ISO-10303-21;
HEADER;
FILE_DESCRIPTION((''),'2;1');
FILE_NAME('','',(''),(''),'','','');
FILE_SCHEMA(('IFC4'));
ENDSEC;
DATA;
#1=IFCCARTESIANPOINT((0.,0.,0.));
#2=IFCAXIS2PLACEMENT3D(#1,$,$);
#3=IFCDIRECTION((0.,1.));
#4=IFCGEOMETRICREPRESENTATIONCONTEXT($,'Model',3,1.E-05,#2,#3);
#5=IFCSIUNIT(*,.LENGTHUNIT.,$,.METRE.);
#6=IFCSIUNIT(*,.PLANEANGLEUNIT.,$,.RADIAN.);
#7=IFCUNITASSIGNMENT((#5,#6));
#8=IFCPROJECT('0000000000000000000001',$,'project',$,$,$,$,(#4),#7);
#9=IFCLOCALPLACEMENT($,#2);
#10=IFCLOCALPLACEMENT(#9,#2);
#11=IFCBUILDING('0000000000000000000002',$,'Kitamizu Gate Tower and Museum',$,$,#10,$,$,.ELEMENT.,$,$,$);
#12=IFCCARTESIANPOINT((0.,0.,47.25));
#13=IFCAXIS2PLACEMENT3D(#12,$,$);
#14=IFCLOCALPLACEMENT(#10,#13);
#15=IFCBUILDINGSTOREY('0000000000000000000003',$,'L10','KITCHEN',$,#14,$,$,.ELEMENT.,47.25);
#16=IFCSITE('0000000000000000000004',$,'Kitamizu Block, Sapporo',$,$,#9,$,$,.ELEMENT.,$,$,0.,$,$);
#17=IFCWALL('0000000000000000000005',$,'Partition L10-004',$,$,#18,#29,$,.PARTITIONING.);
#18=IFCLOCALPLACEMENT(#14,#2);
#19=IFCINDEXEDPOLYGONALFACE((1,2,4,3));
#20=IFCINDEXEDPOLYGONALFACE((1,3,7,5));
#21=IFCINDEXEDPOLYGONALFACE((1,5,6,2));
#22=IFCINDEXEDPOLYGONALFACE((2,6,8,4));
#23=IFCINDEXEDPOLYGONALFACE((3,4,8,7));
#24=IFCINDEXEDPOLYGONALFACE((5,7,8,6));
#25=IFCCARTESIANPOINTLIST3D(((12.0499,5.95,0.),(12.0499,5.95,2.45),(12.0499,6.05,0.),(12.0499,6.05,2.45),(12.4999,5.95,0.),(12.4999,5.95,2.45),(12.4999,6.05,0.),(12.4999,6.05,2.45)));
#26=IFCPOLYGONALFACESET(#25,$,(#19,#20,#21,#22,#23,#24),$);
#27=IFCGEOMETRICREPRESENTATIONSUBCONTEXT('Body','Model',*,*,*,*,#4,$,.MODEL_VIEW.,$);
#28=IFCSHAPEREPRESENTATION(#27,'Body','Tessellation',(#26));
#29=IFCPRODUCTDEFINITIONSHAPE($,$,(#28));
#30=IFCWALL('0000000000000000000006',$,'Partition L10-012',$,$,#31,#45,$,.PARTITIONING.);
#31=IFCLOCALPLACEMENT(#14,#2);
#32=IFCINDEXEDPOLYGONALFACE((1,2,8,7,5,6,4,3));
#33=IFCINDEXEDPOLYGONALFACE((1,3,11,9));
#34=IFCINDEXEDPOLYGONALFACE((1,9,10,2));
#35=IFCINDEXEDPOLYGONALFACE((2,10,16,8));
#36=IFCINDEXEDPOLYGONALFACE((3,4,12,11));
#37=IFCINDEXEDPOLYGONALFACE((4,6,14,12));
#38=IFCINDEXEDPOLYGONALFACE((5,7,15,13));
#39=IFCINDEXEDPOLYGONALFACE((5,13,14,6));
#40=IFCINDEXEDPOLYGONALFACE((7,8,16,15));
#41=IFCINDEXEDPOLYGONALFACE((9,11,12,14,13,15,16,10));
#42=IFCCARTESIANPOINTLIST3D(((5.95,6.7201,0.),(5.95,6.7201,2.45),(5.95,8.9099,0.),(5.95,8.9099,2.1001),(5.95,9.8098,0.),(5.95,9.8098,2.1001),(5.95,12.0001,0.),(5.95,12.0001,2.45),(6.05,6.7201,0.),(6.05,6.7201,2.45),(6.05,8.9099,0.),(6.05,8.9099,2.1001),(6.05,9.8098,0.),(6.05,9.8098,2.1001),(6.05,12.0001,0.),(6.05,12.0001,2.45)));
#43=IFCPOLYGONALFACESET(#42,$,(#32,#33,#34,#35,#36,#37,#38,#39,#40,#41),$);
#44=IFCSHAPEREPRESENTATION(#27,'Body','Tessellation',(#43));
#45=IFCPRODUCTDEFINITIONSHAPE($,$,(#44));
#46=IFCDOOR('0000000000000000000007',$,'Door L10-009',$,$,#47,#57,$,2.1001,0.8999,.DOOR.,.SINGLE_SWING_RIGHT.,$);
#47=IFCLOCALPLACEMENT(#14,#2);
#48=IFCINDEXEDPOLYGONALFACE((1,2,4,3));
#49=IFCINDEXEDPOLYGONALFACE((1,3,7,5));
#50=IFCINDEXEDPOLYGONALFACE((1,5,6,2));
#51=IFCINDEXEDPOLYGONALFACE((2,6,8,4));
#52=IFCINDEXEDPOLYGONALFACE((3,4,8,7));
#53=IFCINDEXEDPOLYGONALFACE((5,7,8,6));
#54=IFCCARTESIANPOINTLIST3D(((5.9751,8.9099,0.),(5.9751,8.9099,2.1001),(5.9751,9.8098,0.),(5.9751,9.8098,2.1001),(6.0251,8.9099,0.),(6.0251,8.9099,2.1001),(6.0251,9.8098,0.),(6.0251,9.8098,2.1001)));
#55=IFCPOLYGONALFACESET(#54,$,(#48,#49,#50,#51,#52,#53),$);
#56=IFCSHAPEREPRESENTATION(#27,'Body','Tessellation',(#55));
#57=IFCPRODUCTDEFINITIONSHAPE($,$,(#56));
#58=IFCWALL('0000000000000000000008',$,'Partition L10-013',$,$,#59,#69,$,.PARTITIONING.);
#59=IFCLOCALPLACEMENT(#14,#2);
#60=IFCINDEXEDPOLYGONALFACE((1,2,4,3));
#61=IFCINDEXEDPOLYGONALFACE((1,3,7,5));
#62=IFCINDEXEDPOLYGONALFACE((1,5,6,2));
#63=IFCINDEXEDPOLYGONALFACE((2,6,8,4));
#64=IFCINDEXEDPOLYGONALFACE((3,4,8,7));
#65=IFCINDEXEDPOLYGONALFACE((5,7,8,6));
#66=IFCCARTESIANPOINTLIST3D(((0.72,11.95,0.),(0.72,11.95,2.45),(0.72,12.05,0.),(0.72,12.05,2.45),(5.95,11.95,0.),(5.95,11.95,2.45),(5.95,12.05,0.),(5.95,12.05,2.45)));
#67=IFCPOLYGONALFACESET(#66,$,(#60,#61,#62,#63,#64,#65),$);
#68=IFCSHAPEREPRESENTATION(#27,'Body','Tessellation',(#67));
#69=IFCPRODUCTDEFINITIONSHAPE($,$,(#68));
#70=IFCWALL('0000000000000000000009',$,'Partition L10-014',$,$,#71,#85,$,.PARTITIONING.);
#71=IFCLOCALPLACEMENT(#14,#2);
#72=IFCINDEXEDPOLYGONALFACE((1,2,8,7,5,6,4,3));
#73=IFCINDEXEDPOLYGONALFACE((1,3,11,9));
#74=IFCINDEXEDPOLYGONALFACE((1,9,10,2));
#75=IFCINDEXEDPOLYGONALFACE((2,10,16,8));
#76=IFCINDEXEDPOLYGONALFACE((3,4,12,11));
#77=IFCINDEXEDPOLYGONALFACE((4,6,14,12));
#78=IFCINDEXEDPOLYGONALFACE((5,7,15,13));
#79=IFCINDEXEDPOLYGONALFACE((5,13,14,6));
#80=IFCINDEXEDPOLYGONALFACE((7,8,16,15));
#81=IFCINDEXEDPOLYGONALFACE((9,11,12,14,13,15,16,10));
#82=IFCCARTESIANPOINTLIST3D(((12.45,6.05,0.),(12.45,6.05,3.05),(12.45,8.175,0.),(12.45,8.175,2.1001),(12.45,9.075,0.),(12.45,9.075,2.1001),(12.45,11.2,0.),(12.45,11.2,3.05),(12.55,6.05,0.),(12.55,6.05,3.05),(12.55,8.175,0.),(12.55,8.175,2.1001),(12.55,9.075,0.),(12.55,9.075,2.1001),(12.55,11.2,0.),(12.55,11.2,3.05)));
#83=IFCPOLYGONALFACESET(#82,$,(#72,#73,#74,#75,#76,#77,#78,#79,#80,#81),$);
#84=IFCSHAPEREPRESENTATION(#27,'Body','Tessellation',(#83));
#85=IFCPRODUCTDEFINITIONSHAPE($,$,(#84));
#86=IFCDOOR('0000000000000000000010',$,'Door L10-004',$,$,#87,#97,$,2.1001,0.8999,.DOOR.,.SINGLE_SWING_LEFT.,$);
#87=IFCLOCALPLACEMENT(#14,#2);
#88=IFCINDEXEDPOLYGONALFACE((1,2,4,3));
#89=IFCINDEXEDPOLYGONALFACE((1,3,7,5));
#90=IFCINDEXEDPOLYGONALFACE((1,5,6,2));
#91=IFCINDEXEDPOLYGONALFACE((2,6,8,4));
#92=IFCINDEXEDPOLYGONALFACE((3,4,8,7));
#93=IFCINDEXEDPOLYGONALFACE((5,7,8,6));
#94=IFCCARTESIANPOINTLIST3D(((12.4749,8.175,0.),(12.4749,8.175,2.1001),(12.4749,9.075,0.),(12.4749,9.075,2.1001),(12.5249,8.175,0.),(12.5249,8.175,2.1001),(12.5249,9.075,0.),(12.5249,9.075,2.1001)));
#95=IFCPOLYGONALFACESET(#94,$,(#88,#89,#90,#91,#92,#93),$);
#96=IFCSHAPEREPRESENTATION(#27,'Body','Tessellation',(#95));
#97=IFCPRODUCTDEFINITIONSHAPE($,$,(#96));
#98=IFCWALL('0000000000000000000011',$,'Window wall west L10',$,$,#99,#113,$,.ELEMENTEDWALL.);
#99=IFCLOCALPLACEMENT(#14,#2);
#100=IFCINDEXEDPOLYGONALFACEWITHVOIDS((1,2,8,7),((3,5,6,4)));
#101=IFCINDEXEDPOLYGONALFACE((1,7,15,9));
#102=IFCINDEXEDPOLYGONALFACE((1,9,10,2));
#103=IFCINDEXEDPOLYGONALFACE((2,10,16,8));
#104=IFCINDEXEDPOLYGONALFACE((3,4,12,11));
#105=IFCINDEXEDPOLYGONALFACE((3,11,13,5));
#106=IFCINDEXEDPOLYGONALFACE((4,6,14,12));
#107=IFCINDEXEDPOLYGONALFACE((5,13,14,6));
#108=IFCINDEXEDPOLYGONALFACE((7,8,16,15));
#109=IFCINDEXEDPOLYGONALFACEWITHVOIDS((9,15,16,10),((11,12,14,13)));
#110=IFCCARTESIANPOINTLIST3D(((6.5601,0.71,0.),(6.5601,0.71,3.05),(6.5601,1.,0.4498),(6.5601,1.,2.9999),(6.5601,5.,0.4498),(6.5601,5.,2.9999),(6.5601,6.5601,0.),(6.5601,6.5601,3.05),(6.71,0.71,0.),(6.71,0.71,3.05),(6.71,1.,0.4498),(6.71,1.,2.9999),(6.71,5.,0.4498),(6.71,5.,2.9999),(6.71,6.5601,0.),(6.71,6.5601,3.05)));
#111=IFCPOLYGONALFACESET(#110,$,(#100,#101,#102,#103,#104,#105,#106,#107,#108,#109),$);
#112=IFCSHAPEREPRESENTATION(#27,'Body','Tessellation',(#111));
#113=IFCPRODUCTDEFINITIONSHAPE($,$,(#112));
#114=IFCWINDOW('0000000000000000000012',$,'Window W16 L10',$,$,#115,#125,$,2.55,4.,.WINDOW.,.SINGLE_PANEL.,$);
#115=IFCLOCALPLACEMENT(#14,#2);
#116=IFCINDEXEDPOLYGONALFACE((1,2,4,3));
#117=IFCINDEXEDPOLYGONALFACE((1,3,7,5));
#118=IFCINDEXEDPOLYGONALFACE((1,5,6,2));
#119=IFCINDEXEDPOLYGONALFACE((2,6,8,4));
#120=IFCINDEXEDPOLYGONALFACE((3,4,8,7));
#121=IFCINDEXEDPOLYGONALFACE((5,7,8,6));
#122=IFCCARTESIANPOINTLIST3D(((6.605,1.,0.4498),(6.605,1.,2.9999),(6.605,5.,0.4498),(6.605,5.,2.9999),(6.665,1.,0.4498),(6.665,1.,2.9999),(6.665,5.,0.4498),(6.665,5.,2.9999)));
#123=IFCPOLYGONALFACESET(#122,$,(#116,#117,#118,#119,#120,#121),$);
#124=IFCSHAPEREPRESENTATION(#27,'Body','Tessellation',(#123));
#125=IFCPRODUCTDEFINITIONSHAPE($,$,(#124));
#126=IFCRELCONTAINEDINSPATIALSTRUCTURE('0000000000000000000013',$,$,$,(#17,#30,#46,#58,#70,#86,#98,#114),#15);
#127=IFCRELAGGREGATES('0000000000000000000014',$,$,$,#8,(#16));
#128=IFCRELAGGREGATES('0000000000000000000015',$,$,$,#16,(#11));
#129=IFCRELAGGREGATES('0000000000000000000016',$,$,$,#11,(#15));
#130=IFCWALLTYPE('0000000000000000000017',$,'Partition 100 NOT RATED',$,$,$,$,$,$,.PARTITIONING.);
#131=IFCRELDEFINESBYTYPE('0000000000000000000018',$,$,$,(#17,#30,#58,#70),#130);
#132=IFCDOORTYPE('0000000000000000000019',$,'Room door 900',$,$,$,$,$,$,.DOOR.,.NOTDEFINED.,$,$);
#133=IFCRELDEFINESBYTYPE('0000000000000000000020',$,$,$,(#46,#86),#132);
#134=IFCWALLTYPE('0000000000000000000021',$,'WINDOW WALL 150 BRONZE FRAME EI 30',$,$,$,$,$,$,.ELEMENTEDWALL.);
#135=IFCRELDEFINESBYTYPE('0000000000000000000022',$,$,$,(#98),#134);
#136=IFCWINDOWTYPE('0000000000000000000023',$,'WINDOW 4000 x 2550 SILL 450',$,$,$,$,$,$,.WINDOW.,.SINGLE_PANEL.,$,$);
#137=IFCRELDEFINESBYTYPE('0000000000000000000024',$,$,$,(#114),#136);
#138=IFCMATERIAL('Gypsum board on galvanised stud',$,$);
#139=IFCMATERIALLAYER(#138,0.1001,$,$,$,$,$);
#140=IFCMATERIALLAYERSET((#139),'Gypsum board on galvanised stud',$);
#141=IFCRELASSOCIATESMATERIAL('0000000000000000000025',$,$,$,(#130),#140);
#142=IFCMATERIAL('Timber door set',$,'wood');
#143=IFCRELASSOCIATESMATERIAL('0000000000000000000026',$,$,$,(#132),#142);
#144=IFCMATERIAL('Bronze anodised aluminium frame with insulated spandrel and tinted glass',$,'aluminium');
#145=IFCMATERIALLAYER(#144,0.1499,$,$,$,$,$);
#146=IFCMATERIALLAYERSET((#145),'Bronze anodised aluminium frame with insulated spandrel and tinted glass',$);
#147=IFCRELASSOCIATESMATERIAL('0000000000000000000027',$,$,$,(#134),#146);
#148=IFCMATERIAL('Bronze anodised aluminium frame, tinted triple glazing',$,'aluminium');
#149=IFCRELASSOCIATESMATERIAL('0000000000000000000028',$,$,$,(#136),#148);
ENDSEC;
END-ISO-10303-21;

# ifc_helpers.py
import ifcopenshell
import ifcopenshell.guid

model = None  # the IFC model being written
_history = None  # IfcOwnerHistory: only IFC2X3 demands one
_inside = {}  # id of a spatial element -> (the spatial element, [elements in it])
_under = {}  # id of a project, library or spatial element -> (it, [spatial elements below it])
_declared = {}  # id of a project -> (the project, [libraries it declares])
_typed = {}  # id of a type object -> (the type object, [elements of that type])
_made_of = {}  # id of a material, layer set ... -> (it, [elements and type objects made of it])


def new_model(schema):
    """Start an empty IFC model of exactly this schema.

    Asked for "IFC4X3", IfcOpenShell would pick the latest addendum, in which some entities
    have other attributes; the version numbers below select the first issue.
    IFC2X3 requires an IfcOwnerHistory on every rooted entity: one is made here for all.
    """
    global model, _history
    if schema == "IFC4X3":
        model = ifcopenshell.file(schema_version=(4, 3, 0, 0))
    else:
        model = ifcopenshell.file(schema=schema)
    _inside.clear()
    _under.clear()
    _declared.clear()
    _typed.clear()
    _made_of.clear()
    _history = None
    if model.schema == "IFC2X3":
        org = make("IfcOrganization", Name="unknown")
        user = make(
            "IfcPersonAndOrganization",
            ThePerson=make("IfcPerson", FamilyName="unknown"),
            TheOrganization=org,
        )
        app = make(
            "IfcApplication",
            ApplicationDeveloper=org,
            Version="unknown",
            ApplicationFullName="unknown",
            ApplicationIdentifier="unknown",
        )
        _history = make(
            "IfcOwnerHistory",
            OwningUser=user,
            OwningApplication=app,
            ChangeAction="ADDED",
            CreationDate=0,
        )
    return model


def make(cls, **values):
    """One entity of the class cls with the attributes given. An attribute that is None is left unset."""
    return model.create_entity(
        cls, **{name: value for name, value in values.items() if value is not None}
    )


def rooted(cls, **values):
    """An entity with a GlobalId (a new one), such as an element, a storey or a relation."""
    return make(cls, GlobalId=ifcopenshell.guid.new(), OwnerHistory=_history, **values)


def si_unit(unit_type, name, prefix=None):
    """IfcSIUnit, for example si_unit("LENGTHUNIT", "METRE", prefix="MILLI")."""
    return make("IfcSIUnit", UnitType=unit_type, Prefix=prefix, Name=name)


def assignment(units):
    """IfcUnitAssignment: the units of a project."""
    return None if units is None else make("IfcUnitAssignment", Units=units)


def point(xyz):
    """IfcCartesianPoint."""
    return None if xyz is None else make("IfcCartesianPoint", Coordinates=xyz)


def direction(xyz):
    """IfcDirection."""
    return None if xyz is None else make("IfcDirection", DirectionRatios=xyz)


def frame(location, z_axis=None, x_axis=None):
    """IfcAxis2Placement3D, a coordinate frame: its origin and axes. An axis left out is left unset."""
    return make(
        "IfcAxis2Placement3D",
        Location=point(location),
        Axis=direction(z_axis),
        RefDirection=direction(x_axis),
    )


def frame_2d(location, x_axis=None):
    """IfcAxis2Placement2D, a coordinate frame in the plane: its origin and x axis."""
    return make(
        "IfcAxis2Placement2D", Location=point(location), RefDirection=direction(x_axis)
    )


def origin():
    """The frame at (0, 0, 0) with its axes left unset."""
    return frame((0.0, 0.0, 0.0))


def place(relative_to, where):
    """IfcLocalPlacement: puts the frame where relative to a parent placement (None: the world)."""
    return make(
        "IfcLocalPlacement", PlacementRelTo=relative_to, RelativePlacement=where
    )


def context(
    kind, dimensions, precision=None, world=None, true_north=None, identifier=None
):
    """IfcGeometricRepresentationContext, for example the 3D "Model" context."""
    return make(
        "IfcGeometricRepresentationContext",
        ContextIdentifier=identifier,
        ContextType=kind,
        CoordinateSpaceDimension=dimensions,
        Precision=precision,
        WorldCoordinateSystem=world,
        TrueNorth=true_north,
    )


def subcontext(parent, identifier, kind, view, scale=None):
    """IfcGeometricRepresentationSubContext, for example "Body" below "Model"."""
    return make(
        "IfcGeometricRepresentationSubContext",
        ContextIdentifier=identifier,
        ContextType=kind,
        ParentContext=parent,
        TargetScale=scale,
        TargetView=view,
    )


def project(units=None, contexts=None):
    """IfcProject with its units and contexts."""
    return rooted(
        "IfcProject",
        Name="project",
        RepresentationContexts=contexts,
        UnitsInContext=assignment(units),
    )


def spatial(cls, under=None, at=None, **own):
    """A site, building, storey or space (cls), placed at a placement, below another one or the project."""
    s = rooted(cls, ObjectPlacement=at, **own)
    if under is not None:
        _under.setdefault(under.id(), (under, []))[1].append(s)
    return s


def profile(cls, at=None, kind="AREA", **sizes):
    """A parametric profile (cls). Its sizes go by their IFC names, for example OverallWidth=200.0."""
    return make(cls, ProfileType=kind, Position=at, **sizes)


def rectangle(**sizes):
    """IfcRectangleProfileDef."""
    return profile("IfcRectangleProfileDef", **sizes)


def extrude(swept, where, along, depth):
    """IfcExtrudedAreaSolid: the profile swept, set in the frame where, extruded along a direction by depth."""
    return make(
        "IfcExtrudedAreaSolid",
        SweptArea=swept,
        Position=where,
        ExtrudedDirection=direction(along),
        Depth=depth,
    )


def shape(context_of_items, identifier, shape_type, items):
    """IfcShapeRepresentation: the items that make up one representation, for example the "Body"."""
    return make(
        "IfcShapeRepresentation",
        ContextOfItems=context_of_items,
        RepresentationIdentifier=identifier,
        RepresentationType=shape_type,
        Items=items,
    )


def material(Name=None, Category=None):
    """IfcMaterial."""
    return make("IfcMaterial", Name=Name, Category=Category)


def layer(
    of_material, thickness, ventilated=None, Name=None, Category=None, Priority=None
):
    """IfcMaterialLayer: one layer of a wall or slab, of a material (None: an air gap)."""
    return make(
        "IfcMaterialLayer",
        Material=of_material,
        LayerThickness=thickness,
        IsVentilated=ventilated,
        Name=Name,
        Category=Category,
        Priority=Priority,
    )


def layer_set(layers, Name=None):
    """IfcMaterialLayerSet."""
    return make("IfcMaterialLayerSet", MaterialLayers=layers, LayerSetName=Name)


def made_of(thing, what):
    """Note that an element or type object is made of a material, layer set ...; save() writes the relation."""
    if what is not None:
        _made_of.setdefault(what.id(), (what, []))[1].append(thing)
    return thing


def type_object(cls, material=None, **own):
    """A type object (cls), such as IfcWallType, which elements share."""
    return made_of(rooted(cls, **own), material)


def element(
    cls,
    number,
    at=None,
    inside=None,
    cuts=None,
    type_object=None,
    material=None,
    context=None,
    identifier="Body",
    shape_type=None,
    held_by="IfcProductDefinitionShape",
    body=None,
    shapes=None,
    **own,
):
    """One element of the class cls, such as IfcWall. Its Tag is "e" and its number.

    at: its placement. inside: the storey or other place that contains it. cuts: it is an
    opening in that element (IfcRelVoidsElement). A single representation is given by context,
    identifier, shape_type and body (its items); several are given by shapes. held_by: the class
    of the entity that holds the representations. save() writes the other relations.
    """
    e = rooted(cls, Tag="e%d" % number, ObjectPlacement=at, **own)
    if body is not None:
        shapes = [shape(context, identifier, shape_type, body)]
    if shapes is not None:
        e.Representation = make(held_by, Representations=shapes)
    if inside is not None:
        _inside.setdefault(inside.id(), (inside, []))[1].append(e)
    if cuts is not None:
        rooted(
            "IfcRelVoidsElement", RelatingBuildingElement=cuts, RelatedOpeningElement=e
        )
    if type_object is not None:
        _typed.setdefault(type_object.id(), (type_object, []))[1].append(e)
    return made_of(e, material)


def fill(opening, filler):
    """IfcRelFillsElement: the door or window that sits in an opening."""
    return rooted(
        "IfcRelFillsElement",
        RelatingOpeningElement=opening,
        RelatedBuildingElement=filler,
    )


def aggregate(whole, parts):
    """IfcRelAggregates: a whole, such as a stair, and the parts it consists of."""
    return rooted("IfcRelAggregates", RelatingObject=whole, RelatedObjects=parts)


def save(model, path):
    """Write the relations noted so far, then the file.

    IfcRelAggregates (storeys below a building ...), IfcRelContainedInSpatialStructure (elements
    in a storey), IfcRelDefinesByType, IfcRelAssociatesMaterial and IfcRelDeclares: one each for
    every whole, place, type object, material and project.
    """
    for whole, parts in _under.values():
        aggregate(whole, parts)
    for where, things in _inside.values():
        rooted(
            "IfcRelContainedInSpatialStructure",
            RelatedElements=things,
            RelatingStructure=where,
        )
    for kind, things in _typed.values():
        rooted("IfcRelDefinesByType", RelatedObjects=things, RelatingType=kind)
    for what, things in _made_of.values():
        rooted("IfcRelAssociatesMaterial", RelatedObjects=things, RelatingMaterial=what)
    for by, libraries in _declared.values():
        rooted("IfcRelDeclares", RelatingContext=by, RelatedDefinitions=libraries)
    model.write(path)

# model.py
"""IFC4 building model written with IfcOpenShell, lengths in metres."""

from ifc_helpers import new_model, si_unit, direction, frame, frame_2d, origin, place, context, subcontext, project, spatial, rectangle, extrude, material, layer, layer_set, type_object, element, fill, save


model = new_model("IFC4")

# Units and contexts
model_context = context("Model", 3, precision=1e-05, world=origin(), true_north=direction((0.0, 1.0)))
body_context = subcontext(model_context, "Body", "Model", "MODEL_VIEW")
ifc_project = project(units=[si_unit("LENGTHUNIT", "METRE"), si_unit("PLANEANGLEUNIT", "RADIAN")], contexts=[model_context])

# Site, building, storey
site_placement = place(None, origin())
site = spatial("IfcSite", under=ifc_project, at=site_placement, Name="Kitamizu Block, Sapporo", CompositionType="ELEMENT", RefElevation=0.0)
building_placement = place(site_placement, origin())
building = spatial("IfcBuilding", under=site, at=building_placement, Name="Kitamizu Gate Tower and Museum", CompositionType="ELEMENT")
storey_placement = place(building_placement, frame((0.0, 0.0, 47.25)))
storey = spatial("IfcBuildingStorey", under=building, at=storey_placement, Name="L10", Description="KITCHEN", CompositionType="ELEMENT", Elevation=47.25)

# Shared definitions
ifc_material_1 = material(Name="Gypsum board on galvanised stud")
ifc_layer_1 = layer(ifc_material_1, 0.1001)
ifc_layer_set_1 = layer_set([ifc_layer_1], Name="Gypsum board on galvanised stud")
wall_type_1 = type_object("IfcWallType", Name="Partition 100 NOT RATED", PredefinedType="PARTITIONING", material=ifc_layer_set_1)
ifc_material_2 = material(Name="Timber door set", Category="wood")
door_type = type_object("IfcDoorType", Name="Room door 900", OperationType="NOTDEFINED", PredefinedType="DOOR", material=ifc_material_2)

# Wall
wall_1_placement = place(storey_placement, frame((12.5, 6.0, 0.0), z_axis=(0.0, 0.0, 1.0), x_axis=(-1.0, 0.0, 0.0)))
element("IfcWall", 1, at=wall_1_placement, inside=storey, type_object=wall_type_1, Name="Partition L10-004", PredefinedType="PARTITIONING", context=body_context, shape_type="SweptSolid", body=[
    extrude(rectangle(XDim=0.45, YDim=0.1001, at=frame_2d((0.2251, 0.0))), origin(), (0.0, 0.0, 1.0), 2.45),
])

# Wall, opening, door
wall_2_placement = place(storey_placement, frame((6.0, 6.72, 0.0), z_axis=(0.0, 0.0, 1.0), x_axis=(0.0, 1.0, 0.0)))
wall_2 = element("IfcWall", 2, at=wall_2_placement, inside=storey, type_object=wall_type_1, Name="Partition L10-012", PredefinedType="PARTITIONING", context=body_context, shape_type="SweptSolid", body=[
    extrude(rectangle(XDim=5.28, YDim=0.1001, at=frame_2d((2.6401, 0.0))), origin(), (0.0, 0.0, 1.0), 2.45),
])
opening_1_placement = place(wall_2_placement, frame((2.1899, 0.0, 0.0)))
opening_1 = element("IfcOpeningElement", 3, at=opening_1_placement, cuts=wall_2, PredefinedType="OPENING", context=body_context, shape_type="SweptSolid", body=[
    extrude(rectangle(XDim=0.8999, YDim=2.1001, at=frame_2d((0.45, 1.05))), frame((0.0, 0.0601, 0.0), z_axis=(0.0, -1.0, 0.0), x_axis=(1.0, 0.0, 0.0)), (0.0, 0.0, 1.0), 0.1201),
])
door_1_placement = place(opening_1_placement, origin())
door_1 = element("IfcDoor", 4, at=door_1_placement, inside=storey, type_object=door_type, Name="Door L10-009", OperationType="SINGLE_SWING_RIGHT", OverallHeight=2.1001, OverallWidth=0.8999, PredefinedType="DOOR", context=body_context, shape_type="SweptSolid", body=[
    extrude(rectangle(XDim=0.8999, YDim=2.1001, at=frame_2d((0.45, 1.05))), frame((0.0, 0.0249, 0.0), z_axis=(0.0, -1.0, 0.0), x_axis=(1.0, 0.0, 0.0)), (0.0, 0.0, 1.0), 0.05),
])
fill(opening_1, door_1)

# Wall
wall_3_placement = place(storey_placement, frame((5.95, 12.0, 0.0), z_axis=(0.0, 0.0, 1.0), x_axis=(-1.0, 0.0, 0.0)))
element("IfcWall", 5, at=wall_3_placement, inside=storey, type_object=wall_type_1, Name="Partition L10-013", PredefinedType="PARTITIONING", context=body_context, shape_type="SweptSolid", body=[
    extrude(rectangle(XDim=5.23, YDim=0.1001, at=frame_2d((2.615, 0.0))), origin(), (0.0, 0.0, 1.0), 2.45),
])

# Wall, opening, door
wall_4_placement = place(storey_placement, frame((12.5, 6.05, 0.0), z_axis=(0.0, 0.0, 1.0), x_axis=(0.0, 1.0, 0.0)))
wall_4 = element("IfcWall", 6, at=wall_4_placement, inside=storey, type_object=wall_type_1, Name="Partition L10-014", PredefinedType="PARTITIONING", context=body_context, shape_type="SweptSolid", body=[
    extrude(rectangle(XDim=5.1499, YDim=0.1001, at=frame_2d((2.575, 0.0))), origin(), (0.0, 0.0, 1.0), 3.05),
])
opening_2_placement = place(wall_4_placement, frame((2.125, 0.0, 0.0)))
opening_2 = element("IfcOpeningElement", 7, at=opening_2_placement, cuts=wall_4, PredefinedType="OPENING", context=body_context, shape_type="SweptSolid", body=[
    extrude(rectangle(XDim=0.8999, YDim=2.1001, at=frame_2d((0.45, 1.05))), frame((0.0, 0.0601, 0.0), z_axis=(0.0, -1.0, 0.0), x_axis=(1.0, 0.0, 0.0)), (0.0, 0.0, 1.0), 0.1201),
])
door_2_placement = place(opening_2_placement, frame((0.8999, 0.0, 0.0), x_axis=(-1.0, 0.0, 0.0)))
door_2 = element("IfcDoor", 8, at=door_2_placement, inside=storey, type_object=door_type, Name="Door L10-004", OperationType="SINGLE_SWING_LEFT", OverallHeight=2.1001, OverallWidth=0.8999, PredefinedType="DOOR", context=body_context, shape_type="SweptSolid", body=[
    extrude(rectangle(XDim=0.8999, YDim=2.1001, at=frame_2d((0.45, 1.05))), frame((0.0, 0.0249, 0.0), z_axis=(0.0, -1.0, 0.0), x_axis=(1.0, 0.0, 0.0)), (0.0, 0.0, 1.0), 0.05),
])
fill(opening_2, door_2)

# Shared definitions
ifc_material_3 = material(Name="Bronze anodised aluminium frame with insulated spandrel and tinted glass", Category="aluminium")
ifc_layer_2 = layer(ifc_material_3, 0.1499)
ifc_layer_set_2 = layer_set([ifc_layer_2], Name="Bronze anodised aluminium frame with insulated spandrel and tinted glass")
wall_type_2 = type_object("IfcWallType", Name="WINDOW WALL 150 BRONZE FRAME EI 30", PredefinedType="ELEMENTEDWALL", material=ifc_layer_set_2)

# Wall, opening, window
wall_5_placement = place(storey_placement, frame((6.635, 0.71, 0.0), z_axis=(0.0, 0.0, 1.0), x_axis=(0.0, 1.0, 0.0)))
wall_5 = element("IfcWall", 9, at=wall_5_placement, inside=storey, type_object=wall_type_2, Name="Window wall west L10", PredefinedType="ELEMENTEDWALL", context=body_context, shape_type="SweptSolid", body=[
    extrude(rectangle(XDim=5.8501, YDim=0.1499, at=frame_2d((2.925, 0.0))), origin(), (0.0, 0.0, 1.0), 3.05),
])
opening_3_placement = place(wall_5_placement, frame((0.29, 0.0, 0.45)))
opening_3 = element("IfcOpeningElement", 10, at=opening_3_placement, cuts=wall_5, PredefinedType="OPENING", context=body_context, shape_type="SweptSolid", body=[
    extrude(rectangle(XDim=4.0, YDim=2.55, at=frame_2d((2.0, 1.2749))), frame((0.0, 0.085, 0.0), z_axis=(0.0, -1.0, 0.0), x_axis=(1.0, 0.0, 0.0)), (0.0, 0.0, 1.0), 0.1699),
])
ifc_material_4 = material(Name="Bronze anodised aluminium frame, tinted triple glazing", Category="aluminium")
window_type_1 = type_object("IfcWindowType", Name="WINDOW 4000 x 2550 SILL 450", PartitioningType="SINGLE_PANEL", PredefinedType="WINDOW", material=ifc_material_4)
window_1_placement = place(opening_3_placement, origin())
window_1 = element("IfcWindow", 11, at=window_1_placement, inside=storey, type_object=window_type_1, Name="Window W16 L10", OverallHeight=2.55, OverallWidth=4.0, PartitioningType="SINGLE_PANEL", PredefinedType="WINDOW", context=body_context, shape_type="SweptSolid", body=[
    extrude(rectangle(XDim=4.0, YDim=2.55, at=frame_2d((2.0, 1.2749))), frame((0.0, 0.03, 0.0), z_axis=(0.0, -1.0, 0.0), x_axis=(1.0, 0.0, 0.0)), (0.0, 0.0, 1.0), 0.0601),
])
fill(opening_3, window_1)

save(model, "model.ifc")
